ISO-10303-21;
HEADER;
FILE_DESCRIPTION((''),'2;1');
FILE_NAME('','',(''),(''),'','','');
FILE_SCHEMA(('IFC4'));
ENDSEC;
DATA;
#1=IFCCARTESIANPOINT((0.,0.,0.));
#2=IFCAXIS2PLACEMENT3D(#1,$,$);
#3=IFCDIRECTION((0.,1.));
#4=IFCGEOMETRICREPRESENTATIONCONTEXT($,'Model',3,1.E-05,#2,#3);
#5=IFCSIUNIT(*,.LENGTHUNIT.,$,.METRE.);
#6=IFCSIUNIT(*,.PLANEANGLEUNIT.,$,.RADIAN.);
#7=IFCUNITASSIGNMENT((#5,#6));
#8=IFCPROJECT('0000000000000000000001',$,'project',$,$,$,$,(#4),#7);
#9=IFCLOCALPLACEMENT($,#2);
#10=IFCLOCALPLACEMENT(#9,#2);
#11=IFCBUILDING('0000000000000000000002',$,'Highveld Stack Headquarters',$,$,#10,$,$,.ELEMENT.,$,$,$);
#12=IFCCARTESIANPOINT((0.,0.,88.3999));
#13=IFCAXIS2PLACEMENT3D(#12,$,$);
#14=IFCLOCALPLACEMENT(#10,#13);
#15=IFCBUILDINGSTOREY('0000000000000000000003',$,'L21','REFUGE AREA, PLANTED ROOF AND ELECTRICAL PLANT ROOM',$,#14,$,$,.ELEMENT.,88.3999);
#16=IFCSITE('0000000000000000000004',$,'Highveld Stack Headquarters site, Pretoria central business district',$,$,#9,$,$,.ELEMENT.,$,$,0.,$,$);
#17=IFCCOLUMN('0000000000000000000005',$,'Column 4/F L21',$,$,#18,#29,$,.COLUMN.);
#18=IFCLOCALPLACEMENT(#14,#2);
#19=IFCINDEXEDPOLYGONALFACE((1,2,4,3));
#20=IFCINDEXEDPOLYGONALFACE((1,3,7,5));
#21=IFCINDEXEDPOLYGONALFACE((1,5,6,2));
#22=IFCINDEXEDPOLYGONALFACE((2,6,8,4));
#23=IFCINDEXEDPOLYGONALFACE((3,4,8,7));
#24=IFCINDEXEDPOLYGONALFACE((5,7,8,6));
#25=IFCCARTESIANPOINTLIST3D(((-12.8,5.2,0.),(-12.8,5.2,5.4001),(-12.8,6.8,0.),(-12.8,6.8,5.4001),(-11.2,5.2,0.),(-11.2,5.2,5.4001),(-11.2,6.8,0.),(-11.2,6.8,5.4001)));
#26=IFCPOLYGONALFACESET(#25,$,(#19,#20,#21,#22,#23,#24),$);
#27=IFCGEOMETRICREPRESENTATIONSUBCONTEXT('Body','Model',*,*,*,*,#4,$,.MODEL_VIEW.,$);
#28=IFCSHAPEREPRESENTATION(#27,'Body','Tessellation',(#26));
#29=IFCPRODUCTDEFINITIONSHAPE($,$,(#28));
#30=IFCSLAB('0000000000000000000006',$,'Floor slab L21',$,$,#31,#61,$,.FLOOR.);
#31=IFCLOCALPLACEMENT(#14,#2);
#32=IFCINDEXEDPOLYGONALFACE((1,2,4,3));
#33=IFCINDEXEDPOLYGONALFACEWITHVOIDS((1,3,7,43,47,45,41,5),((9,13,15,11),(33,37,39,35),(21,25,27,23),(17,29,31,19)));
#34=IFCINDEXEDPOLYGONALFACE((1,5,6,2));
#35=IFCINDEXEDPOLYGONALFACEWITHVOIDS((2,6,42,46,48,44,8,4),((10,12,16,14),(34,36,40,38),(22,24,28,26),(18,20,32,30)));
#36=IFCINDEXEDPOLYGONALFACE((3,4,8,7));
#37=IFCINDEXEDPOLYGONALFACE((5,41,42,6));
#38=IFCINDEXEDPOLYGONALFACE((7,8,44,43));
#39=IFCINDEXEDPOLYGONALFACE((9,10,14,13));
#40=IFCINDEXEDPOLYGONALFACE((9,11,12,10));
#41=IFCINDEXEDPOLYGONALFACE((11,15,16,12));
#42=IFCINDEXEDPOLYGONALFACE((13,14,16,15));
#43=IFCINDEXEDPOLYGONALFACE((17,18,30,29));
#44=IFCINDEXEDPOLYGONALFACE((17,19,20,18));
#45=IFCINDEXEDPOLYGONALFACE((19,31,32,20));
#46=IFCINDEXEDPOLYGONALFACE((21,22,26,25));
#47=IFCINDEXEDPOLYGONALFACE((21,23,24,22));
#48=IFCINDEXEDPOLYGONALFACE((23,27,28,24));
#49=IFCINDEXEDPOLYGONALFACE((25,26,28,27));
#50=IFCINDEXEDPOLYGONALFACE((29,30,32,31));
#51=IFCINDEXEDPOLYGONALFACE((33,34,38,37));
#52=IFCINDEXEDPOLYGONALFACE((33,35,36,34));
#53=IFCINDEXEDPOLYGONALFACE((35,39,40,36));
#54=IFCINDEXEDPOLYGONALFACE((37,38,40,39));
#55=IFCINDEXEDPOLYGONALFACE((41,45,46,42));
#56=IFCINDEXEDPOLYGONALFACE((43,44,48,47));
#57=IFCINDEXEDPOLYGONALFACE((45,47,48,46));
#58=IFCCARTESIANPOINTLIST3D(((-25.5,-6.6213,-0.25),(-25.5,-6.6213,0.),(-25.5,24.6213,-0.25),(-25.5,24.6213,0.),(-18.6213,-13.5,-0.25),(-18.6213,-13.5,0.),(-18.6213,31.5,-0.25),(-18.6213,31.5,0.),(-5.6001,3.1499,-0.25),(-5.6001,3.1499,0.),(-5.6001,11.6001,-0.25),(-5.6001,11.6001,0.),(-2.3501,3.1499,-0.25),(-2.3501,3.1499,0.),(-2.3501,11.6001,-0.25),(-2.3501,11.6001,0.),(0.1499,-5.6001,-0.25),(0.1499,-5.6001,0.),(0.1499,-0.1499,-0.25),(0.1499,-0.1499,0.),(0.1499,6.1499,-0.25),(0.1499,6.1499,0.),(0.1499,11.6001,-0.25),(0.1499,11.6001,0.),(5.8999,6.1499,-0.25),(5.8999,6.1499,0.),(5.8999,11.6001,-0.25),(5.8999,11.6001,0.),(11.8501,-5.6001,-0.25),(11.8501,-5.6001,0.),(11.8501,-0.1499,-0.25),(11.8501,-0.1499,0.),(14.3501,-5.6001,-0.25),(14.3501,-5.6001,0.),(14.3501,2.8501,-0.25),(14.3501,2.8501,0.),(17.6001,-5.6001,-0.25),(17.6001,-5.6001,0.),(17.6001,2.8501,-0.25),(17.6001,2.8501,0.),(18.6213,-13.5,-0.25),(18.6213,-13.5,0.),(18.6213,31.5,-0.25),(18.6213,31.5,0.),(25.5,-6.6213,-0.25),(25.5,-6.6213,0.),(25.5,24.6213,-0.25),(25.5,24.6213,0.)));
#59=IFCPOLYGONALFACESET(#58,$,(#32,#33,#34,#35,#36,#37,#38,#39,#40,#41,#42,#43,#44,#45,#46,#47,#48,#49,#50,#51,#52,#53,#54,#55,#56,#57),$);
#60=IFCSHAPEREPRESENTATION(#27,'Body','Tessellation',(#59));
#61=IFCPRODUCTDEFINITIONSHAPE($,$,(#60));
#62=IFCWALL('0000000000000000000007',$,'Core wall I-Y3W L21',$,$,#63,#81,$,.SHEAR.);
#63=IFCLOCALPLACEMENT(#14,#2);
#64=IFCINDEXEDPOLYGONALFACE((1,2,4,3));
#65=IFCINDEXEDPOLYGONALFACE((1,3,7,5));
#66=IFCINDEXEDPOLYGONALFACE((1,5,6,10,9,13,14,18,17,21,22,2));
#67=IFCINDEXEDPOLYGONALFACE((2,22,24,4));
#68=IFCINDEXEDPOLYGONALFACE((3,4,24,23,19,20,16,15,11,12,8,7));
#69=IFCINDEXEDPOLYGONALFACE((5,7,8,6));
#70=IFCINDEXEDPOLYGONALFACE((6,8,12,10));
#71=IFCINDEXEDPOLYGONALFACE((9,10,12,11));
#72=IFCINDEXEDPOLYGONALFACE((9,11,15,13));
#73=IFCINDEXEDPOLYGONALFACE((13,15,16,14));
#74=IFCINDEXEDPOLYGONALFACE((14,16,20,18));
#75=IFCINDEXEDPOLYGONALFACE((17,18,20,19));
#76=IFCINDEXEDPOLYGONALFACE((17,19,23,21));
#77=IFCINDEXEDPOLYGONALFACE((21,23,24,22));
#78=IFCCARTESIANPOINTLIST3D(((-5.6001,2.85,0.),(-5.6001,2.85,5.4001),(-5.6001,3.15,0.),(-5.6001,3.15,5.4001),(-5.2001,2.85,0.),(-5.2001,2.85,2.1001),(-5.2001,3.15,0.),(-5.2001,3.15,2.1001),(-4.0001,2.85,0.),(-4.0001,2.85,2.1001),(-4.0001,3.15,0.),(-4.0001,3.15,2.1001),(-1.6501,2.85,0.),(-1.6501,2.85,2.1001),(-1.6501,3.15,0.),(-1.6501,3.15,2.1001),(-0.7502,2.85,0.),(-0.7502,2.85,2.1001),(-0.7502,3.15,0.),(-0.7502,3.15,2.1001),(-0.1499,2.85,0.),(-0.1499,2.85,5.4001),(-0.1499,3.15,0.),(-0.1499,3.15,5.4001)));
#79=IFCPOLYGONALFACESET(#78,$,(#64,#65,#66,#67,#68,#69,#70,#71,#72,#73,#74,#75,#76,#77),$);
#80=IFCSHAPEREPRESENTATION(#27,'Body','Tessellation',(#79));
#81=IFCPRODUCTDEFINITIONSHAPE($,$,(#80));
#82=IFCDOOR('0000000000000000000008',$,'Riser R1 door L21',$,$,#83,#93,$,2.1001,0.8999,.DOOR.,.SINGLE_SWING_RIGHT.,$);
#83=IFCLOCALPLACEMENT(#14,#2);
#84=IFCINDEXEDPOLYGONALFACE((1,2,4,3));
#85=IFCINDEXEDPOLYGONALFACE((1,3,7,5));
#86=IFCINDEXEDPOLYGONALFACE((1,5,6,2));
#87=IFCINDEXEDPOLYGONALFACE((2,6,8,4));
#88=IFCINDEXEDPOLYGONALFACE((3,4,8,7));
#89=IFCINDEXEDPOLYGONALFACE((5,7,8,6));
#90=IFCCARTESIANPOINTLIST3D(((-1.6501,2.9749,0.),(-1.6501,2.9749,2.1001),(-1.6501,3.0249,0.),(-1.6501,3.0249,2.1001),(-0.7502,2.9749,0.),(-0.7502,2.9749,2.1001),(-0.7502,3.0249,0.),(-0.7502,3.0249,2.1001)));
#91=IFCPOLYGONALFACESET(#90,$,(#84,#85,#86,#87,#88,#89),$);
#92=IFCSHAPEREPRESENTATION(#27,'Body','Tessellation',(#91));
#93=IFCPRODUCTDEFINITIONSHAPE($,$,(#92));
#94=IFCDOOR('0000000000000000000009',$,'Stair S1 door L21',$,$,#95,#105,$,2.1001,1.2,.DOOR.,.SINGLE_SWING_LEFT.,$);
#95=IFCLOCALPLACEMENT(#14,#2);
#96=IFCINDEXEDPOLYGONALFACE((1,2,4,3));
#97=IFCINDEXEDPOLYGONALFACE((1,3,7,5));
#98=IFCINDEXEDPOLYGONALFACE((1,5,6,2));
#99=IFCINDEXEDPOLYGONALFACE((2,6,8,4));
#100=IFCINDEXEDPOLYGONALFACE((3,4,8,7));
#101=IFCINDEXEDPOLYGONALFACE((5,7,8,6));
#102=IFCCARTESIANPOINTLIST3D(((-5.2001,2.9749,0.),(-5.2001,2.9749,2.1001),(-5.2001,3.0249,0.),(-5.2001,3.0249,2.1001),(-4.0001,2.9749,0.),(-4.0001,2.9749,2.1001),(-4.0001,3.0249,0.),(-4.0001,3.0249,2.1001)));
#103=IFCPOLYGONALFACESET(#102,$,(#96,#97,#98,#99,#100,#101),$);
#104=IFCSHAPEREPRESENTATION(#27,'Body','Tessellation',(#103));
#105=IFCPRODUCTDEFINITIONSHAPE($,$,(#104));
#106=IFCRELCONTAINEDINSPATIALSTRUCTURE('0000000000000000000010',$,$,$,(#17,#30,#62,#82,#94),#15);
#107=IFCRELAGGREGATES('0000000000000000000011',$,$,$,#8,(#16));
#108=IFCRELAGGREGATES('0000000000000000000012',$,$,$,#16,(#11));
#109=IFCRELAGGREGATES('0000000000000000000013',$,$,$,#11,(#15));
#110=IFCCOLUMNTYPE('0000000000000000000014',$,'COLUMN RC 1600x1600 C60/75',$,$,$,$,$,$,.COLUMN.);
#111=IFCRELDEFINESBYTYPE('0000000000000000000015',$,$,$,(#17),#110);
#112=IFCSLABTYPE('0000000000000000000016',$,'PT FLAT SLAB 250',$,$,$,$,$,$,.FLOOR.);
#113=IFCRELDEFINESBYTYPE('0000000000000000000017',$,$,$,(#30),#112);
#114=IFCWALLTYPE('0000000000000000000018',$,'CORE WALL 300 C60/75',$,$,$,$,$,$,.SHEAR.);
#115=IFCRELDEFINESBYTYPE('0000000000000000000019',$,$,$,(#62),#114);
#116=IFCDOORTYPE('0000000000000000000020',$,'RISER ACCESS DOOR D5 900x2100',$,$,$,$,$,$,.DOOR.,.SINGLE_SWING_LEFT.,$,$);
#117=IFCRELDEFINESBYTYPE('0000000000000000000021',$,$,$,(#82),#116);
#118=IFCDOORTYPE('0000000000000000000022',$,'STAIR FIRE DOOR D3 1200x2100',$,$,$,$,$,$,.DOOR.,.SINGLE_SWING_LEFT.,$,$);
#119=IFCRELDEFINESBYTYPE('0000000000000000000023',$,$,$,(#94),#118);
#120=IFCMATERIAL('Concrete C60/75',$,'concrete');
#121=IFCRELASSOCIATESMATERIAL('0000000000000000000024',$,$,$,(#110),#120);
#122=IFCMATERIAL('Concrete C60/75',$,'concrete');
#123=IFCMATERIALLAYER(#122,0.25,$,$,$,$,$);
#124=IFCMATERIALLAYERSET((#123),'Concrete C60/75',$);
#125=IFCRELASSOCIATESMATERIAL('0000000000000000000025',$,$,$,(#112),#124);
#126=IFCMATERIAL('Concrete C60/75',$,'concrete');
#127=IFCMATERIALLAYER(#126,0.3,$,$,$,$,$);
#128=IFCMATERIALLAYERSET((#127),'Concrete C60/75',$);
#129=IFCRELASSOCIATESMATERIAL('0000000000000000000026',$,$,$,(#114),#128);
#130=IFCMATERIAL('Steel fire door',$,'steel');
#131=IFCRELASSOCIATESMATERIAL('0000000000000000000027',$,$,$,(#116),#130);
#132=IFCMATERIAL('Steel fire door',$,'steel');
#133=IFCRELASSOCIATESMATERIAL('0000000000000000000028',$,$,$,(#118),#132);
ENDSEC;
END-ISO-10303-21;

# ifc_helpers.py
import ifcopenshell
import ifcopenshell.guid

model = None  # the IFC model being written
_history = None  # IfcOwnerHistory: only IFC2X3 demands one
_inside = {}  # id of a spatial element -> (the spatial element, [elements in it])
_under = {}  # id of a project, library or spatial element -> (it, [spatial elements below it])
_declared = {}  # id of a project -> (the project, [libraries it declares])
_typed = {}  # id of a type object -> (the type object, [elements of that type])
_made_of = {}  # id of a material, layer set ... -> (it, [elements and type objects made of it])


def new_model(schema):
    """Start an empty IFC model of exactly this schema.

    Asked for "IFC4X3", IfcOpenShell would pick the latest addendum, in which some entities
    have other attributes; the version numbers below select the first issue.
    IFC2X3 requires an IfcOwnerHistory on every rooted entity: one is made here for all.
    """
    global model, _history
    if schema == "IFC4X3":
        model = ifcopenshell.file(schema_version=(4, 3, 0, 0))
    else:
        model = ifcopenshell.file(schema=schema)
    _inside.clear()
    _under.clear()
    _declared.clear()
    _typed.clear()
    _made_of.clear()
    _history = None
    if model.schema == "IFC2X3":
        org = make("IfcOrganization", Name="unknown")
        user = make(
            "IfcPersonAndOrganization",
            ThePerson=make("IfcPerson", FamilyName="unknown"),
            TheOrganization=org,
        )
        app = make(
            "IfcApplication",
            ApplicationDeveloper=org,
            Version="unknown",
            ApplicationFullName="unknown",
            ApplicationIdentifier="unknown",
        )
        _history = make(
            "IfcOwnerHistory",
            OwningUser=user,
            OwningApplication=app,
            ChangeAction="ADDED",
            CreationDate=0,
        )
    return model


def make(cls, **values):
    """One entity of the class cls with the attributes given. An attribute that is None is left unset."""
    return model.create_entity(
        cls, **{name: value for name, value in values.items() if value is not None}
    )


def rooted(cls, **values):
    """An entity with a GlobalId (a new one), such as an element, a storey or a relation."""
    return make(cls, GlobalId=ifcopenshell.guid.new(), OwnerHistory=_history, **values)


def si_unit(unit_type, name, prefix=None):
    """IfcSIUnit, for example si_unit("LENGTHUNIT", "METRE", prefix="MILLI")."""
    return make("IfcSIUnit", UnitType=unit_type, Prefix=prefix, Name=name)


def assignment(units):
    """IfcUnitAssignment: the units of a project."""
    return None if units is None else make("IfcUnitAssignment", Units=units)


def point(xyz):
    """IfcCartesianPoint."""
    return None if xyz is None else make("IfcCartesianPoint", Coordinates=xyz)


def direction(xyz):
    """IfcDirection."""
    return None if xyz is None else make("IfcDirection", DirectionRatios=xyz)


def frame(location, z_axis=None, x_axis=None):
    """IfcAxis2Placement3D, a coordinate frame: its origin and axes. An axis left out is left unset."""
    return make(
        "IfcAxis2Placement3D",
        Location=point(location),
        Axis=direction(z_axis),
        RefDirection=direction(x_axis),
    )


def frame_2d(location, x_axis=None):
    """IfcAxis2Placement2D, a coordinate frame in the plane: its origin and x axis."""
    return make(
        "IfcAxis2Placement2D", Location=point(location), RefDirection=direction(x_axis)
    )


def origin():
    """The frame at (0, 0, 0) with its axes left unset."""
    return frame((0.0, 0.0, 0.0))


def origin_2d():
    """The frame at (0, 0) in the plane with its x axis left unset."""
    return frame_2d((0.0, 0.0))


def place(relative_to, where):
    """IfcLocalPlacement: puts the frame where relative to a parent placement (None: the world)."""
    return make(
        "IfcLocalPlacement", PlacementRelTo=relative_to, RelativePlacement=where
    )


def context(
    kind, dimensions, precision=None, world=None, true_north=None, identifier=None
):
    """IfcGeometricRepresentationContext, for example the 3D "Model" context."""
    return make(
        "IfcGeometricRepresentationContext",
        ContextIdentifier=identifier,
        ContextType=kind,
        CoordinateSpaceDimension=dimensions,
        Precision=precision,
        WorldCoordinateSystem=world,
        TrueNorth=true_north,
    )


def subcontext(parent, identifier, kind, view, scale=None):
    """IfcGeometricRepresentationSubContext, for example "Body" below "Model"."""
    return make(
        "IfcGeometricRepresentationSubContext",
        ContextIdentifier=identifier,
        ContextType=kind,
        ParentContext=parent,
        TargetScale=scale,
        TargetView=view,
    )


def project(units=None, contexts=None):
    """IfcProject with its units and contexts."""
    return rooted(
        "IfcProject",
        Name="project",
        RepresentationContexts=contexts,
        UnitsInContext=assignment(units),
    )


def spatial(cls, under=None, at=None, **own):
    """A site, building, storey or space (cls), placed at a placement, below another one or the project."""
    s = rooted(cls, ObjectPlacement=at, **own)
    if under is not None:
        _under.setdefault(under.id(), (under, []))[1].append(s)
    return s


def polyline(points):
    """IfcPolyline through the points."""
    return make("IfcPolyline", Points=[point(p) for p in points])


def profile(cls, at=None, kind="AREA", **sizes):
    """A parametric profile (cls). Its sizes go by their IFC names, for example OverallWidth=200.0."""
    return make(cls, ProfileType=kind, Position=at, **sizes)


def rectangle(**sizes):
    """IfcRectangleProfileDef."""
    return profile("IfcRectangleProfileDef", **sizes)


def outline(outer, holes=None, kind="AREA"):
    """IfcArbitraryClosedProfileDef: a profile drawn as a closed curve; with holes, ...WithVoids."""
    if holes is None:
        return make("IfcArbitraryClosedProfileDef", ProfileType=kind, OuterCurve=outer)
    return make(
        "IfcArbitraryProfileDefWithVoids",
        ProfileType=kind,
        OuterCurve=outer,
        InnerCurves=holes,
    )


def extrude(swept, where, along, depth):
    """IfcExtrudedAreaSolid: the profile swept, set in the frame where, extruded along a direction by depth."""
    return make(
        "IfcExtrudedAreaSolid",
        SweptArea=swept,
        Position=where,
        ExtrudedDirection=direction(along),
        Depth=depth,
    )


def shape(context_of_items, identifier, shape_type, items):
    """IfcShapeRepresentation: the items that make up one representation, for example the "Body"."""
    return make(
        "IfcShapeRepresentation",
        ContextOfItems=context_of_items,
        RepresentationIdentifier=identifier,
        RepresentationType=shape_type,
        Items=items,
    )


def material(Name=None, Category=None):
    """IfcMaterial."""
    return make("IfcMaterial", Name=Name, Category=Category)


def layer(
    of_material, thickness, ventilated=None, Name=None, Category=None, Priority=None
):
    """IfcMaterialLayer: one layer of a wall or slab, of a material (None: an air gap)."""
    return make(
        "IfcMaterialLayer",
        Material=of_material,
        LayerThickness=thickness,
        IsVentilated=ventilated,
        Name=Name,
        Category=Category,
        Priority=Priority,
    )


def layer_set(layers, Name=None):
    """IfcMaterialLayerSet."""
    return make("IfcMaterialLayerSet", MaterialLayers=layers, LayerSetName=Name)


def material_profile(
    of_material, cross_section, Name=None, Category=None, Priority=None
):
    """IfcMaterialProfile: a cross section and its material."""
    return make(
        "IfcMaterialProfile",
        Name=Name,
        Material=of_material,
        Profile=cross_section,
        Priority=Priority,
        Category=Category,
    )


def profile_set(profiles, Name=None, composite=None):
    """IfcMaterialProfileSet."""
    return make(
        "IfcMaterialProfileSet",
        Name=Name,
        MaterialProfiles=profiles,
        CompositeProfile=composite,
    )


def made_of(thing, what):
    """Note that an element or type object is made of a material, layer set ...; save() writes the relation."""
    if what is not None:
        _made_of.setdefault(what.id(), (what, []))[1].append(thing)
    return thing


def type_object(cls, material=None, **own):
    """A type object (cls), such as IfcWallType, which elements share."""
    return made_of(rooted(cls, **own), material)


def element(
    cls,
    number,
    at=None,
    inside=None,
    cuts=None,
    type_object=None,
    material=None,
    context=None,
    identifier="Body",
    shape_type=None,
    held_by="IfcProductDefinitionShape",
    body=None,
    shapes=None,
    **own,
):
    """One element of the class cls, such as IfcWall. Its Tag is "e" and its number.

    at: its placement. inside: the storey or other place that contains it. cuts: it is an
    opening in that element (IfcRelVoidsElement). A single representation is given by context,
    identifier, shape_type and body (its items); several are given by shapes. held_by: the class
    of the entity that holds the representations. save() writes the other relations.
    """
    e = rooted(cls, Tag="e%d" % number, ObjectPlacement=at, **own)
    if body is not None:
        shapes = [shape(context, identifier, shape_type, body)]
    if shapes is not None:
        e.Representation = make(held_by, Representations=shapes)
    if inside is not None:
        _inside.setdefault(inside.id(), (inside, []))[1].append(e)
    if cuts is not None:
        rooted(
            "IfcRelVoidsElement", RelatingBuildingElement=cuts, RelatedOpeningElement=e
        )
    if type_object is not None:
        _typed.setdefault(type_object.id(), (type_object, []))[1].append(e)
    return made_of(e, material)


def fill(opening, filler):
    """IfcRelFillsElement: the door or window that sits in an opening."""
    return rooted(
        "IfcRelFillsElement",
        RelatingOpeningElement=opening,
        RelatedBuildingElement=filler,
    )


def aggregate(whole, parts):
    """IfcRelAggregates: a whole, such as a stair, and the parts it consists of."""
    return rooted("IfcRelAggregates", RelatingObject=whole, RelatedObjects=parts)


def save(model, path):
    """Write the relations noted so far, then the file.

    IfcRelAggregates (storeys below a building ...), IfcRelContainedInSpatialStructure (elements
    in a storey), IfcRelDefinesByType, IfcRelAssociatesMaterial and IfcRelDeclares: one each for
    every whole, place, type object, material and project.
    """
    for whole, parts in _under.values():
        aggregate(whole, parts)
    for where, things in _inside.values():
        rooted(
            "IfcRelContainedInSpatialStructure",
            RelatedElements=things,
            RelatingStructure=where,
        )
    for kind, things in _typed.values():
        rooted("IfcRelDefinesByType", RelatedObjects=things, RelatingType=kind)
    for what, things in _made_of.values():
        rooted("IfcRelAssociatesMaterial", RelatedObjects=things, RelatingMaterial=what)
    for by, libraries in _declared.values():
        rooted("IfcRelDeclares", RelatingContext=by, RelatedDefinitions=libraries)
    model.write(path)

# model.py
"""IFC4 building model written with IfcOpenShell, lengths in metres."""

from ifc_helpers import new_model, si_unit, direction, frame, frame_2d, origin, origin_2d, place, context, subcontext, project, spatial, polyline, rectangle, outline, extrude, material, layer, layer_set, material_profile, profile_set, type_object, element, fill, save


model = new_model("IFC4")

# Units and contexts
model_context = context("Model", 3, precision=1e-05, world=origin(), true_north=direction((0.0, 1.0)))
body_context = subcontext(model_context, "Body", "Model", "MODEL_VIEW")
ifc_project = project(units=[si_unit("LENGTHUNIT", "METRE"), si_unit("PLANEANGLEUNIT", "RADIAN")], contexts=[model_context])

# Site, building, storey
site_placement = place(None, origin())
site = spatial("IfcSite", under=ifc_project, at=site_placement, Name="Highveld Stack Headquarters site, Pretoria central business district", CompositionType="ELEMENT", RefElevation=0.0)
building_placement = place(site_placement, origin())
building = spatial("IfcBuilding", under=site, at=building_placement, Name="Highveld Stack Headquarters", CompositionType="ELEMENT")
storey_placement = place(building_placement, frame((0.0, 0.0, 88.3999)))
storey = spatial("IfcBuildingStorey", under=building, at=storey_placement, Name="L21", Description="REFUGE AREA, PLANTED ROOF AND ELECTRICAL PLANT ROOM", CompositionType="ELEMENT", Elevation=88.3999)

# Column
ifc_material_1 = material(Name="Concrete C60/75", Category="concrete")
ifc_material_profile = material_profile(ifc_material_1, rectangle(XDim=1.6001, YDim=1.6001, at=origin_2d()), Name="RC 1600x1600")
ifc_profile_set = profile_set([ifc_material_profile], Name="Concrete C60/75")
column_type = type_object("IfcColumnType", Name="COLUMN RC 1600x1600 C60/75", PredefinedType="COLUMN", material=ifc_profile_set)
column_placement = place(storey_placement, frame((-12.0, 6.0, 0.0), z_axis=(0.0, 0.0, 1.0), x_axis=(1.0, 0.0, 0.0)))
element("IfcColumn", 1, at=column_placement, inside=storey, type_object=column_type, Name="Column 4/F L21", PredefinedType="COLUMN", context=body_context, shape_type="SweptSolid", body=[
    extrude(rectangle(XDim=1.6001, YDim=1.6001, at=origin_2d()), origin(), (0.0, 0.0, 1.0), 5.4001),
])

# Slab
ifc_material_2 = material(Name="Concrete C60/75", Category="concrete")
ifc_layer_1 = layer(ifc_material_2, 0.25)
ifc_layer_set_1 = layer_set([ifc_layer_1], Name="Concrete C60/75")
slab_type = type_object("IfcSlabType", Name="PT FLAT SLAB 250", PredefinedType="FLOOR", material=ifc_layer_set_1)
slab_placement = place(storey_placement, frame((0.0, 0.0, -0.25)))
element("IfcSlab", 2, at=slab_placement, inside=storey, type_object=slab_type, Name="Floor slab L21", PredefinedType="FLOOR", context=body_context, shape_type="SweptSolid", body=[
    extrude(outline(polyline([(-18.6213, -13.5), (18.6213, -13.5), (25.5, -6.6213), (25.5, 24.6213), (18.6213, 31.5), (-18.6213, 31.5), (-25.5, 24.6213), (-25.5, -6.6213), (-18.6213, -13.5)]), holes=[polyline([(0.1499, 6.1499), (5.8999, 6.1499), (5.8999, 11.6001), (0.1499, 11.6001), (0.1499, 6.1499)]), polyline([(0.1499, -5.6001), (11.8501, -5.6001), (11.8501, -0.1499), (0.1499, -0.1499), (0.1499, -5.6001)]), polyline([(-5.6001, 3.1499), (-2.3501, 3.1499), (-2.3501, 11.6001), (-5.6001, 11.6001), (-5.6001, 3.1499)]), polyline([(14.3501, -5.6001), (17.6001, -5.6001), (17.6001, 2.8501), (14.3501, 2.8501), (14.3501, -5.6001)])]), origin(), (0.0, 0.0, 1.0), 0.25),
])

# Wall, openings, doors
ifc_material_3 = material(Name="Concrete C60/75", Category="concrete")
ifc_layer_2 = layer(ifc_material_3, 0.3)
ifc_layer_set_2 = layer_set([ifc_layer_2], Name="Concrete C60/75")
wall_type_1 = type_object("IfcWallType", Name="CORE WALL 300 C60/75", PredefinedType="SHEAR", material=ifc_layer_set_2)
wall_1_placement = place(storey_placement, frame((-5.6001, 3.0, 0.0), z_axis=(0.0, 0.0, 1.0), x_axis=(1.0, 0.0, 0.0)))
wall_1 = element("IfcWall", 3, at=wall_1_placement, inside=storey, type_object=wall_type_1, Name="Core wall I-Y3W L21", PredefinedType="SHEAR", context=body_context, shape_type="SweptSolid", body=[
    extrude(rectangle(XDim=5.4502, YDim=0.3, at=frame_2d((2.7251, 0.0))), origin(), (0.0, 0.0, 1.0), 5.4001),
])
opening_1_placement = place(wall_1_placement, frame((0.3999, 0.0, 0.0)))
opening_1 = element("IfcOpeningElement", 4, at=opening_1_placement, cuts=wall_1, PredefinedType="OPENING", context=body_context, shape_type="SweptSolid", body=[
    extrude(rectangle(XDim=1.2, YDim=2.1001, at=frame_2d((0.6001, 1.05))), frame((0.0, 0.1599, 0.0), z_axis=(0.0, -1.0, 0.0), x_axis=(1.0, 0.0, 0.0)), (0.0, 0.0, 1.0), 0.3201),
])
opening_2_placement = place(wall_1_placement, frame((3.95, 0.0, 0.0)))
opening_2 = element("IfcOpeningElement", 5, at=opening_2_placement, cuts=wall_1, PredefinedType="OPENING", context=body_context, shape_type="SweptSolid", body=[
    extrude(rectangle(XDim=0.8999, YDim=2.1001, at=frame_2d((0.45, 1.05))), frame((0.0, 0.1599, 0.0), z_axis=(0.0, -1.0, 0.0), x_axis=(1.0, 0.0, 0.0)), (0.0, 0.0, 1.0), 0.3201),
])
ifc_material_4 = material(Name="Steel fire door", Category="steel")
door_type_1 = type_object("IfcDoorType", Name="RISER ACCESS DOOR D5 900x2100", OperationType="SINGLE_SWING_LEFT", PredefinedType="DOOR", material=ifc_material_4)
door_1_placement = place(opening_2_placement, origin())
door_1 = element("IfcDoor", 6, at=door_1_placement, inside=storey, type_object=door_type_1, Name="Riser R1 door L21", OperationType="SINGLE_SWING_RIGHT", OverallHeight=2.1001, OverallWidth=0.8999, PredefinedType="DOOR", context=body_context, shape_type="SweptSolid", body=[
    extrude(rectangle(XDim=0.8999, YDim=2.1001, at=frame_2d((0.45, 1.05))), frame((0.0, 0.0249, 0.0), z_axis=(0.0, -1.0, 0.0), x_axis=(1.0, 0.0, 0.0)), (0.0, 0.0, 1.0), 0.05),
])
fill(opening_2, door_1)
ifc_material_5 = material(Name="Steel fire door", Category="steel")
door_type_2 = type_object("IfcDoorType", Name="STAIR FIRE DOOR D3 1200x2100", OperationType="SINGLE_SWING_LEFT", PredefinedType="DOOR", material=ifc_material_5)
door_2_placement = place(opening_1_placement, origin())
door_2 = element("IfcDoor", 7, at=door_2_placement, inside=storey, type_object=door_type_2, Name="Stair S1 door L21", OperationType="SINGLE_SWING_LEFT", OverallHeight=2.1001, OverallWidth=1.2, PredefinedType="DOOR", context=body_context, shape_type="SweptSolid", body=[
    extrude(rectangle(XDim=1.2, YDim=2.1001, at=frame_2d((0.6001, 1.05))), frame((0.0, 0.0249, 0.0), z_axis=(0.0, -1.0, 0.0), x_axis=(1.0, 0.0, 0.0)), (0.0, 0.0, 1.0), 0.05),
])
fill(opening_1, door_2)

save(model, "model.ifc")
